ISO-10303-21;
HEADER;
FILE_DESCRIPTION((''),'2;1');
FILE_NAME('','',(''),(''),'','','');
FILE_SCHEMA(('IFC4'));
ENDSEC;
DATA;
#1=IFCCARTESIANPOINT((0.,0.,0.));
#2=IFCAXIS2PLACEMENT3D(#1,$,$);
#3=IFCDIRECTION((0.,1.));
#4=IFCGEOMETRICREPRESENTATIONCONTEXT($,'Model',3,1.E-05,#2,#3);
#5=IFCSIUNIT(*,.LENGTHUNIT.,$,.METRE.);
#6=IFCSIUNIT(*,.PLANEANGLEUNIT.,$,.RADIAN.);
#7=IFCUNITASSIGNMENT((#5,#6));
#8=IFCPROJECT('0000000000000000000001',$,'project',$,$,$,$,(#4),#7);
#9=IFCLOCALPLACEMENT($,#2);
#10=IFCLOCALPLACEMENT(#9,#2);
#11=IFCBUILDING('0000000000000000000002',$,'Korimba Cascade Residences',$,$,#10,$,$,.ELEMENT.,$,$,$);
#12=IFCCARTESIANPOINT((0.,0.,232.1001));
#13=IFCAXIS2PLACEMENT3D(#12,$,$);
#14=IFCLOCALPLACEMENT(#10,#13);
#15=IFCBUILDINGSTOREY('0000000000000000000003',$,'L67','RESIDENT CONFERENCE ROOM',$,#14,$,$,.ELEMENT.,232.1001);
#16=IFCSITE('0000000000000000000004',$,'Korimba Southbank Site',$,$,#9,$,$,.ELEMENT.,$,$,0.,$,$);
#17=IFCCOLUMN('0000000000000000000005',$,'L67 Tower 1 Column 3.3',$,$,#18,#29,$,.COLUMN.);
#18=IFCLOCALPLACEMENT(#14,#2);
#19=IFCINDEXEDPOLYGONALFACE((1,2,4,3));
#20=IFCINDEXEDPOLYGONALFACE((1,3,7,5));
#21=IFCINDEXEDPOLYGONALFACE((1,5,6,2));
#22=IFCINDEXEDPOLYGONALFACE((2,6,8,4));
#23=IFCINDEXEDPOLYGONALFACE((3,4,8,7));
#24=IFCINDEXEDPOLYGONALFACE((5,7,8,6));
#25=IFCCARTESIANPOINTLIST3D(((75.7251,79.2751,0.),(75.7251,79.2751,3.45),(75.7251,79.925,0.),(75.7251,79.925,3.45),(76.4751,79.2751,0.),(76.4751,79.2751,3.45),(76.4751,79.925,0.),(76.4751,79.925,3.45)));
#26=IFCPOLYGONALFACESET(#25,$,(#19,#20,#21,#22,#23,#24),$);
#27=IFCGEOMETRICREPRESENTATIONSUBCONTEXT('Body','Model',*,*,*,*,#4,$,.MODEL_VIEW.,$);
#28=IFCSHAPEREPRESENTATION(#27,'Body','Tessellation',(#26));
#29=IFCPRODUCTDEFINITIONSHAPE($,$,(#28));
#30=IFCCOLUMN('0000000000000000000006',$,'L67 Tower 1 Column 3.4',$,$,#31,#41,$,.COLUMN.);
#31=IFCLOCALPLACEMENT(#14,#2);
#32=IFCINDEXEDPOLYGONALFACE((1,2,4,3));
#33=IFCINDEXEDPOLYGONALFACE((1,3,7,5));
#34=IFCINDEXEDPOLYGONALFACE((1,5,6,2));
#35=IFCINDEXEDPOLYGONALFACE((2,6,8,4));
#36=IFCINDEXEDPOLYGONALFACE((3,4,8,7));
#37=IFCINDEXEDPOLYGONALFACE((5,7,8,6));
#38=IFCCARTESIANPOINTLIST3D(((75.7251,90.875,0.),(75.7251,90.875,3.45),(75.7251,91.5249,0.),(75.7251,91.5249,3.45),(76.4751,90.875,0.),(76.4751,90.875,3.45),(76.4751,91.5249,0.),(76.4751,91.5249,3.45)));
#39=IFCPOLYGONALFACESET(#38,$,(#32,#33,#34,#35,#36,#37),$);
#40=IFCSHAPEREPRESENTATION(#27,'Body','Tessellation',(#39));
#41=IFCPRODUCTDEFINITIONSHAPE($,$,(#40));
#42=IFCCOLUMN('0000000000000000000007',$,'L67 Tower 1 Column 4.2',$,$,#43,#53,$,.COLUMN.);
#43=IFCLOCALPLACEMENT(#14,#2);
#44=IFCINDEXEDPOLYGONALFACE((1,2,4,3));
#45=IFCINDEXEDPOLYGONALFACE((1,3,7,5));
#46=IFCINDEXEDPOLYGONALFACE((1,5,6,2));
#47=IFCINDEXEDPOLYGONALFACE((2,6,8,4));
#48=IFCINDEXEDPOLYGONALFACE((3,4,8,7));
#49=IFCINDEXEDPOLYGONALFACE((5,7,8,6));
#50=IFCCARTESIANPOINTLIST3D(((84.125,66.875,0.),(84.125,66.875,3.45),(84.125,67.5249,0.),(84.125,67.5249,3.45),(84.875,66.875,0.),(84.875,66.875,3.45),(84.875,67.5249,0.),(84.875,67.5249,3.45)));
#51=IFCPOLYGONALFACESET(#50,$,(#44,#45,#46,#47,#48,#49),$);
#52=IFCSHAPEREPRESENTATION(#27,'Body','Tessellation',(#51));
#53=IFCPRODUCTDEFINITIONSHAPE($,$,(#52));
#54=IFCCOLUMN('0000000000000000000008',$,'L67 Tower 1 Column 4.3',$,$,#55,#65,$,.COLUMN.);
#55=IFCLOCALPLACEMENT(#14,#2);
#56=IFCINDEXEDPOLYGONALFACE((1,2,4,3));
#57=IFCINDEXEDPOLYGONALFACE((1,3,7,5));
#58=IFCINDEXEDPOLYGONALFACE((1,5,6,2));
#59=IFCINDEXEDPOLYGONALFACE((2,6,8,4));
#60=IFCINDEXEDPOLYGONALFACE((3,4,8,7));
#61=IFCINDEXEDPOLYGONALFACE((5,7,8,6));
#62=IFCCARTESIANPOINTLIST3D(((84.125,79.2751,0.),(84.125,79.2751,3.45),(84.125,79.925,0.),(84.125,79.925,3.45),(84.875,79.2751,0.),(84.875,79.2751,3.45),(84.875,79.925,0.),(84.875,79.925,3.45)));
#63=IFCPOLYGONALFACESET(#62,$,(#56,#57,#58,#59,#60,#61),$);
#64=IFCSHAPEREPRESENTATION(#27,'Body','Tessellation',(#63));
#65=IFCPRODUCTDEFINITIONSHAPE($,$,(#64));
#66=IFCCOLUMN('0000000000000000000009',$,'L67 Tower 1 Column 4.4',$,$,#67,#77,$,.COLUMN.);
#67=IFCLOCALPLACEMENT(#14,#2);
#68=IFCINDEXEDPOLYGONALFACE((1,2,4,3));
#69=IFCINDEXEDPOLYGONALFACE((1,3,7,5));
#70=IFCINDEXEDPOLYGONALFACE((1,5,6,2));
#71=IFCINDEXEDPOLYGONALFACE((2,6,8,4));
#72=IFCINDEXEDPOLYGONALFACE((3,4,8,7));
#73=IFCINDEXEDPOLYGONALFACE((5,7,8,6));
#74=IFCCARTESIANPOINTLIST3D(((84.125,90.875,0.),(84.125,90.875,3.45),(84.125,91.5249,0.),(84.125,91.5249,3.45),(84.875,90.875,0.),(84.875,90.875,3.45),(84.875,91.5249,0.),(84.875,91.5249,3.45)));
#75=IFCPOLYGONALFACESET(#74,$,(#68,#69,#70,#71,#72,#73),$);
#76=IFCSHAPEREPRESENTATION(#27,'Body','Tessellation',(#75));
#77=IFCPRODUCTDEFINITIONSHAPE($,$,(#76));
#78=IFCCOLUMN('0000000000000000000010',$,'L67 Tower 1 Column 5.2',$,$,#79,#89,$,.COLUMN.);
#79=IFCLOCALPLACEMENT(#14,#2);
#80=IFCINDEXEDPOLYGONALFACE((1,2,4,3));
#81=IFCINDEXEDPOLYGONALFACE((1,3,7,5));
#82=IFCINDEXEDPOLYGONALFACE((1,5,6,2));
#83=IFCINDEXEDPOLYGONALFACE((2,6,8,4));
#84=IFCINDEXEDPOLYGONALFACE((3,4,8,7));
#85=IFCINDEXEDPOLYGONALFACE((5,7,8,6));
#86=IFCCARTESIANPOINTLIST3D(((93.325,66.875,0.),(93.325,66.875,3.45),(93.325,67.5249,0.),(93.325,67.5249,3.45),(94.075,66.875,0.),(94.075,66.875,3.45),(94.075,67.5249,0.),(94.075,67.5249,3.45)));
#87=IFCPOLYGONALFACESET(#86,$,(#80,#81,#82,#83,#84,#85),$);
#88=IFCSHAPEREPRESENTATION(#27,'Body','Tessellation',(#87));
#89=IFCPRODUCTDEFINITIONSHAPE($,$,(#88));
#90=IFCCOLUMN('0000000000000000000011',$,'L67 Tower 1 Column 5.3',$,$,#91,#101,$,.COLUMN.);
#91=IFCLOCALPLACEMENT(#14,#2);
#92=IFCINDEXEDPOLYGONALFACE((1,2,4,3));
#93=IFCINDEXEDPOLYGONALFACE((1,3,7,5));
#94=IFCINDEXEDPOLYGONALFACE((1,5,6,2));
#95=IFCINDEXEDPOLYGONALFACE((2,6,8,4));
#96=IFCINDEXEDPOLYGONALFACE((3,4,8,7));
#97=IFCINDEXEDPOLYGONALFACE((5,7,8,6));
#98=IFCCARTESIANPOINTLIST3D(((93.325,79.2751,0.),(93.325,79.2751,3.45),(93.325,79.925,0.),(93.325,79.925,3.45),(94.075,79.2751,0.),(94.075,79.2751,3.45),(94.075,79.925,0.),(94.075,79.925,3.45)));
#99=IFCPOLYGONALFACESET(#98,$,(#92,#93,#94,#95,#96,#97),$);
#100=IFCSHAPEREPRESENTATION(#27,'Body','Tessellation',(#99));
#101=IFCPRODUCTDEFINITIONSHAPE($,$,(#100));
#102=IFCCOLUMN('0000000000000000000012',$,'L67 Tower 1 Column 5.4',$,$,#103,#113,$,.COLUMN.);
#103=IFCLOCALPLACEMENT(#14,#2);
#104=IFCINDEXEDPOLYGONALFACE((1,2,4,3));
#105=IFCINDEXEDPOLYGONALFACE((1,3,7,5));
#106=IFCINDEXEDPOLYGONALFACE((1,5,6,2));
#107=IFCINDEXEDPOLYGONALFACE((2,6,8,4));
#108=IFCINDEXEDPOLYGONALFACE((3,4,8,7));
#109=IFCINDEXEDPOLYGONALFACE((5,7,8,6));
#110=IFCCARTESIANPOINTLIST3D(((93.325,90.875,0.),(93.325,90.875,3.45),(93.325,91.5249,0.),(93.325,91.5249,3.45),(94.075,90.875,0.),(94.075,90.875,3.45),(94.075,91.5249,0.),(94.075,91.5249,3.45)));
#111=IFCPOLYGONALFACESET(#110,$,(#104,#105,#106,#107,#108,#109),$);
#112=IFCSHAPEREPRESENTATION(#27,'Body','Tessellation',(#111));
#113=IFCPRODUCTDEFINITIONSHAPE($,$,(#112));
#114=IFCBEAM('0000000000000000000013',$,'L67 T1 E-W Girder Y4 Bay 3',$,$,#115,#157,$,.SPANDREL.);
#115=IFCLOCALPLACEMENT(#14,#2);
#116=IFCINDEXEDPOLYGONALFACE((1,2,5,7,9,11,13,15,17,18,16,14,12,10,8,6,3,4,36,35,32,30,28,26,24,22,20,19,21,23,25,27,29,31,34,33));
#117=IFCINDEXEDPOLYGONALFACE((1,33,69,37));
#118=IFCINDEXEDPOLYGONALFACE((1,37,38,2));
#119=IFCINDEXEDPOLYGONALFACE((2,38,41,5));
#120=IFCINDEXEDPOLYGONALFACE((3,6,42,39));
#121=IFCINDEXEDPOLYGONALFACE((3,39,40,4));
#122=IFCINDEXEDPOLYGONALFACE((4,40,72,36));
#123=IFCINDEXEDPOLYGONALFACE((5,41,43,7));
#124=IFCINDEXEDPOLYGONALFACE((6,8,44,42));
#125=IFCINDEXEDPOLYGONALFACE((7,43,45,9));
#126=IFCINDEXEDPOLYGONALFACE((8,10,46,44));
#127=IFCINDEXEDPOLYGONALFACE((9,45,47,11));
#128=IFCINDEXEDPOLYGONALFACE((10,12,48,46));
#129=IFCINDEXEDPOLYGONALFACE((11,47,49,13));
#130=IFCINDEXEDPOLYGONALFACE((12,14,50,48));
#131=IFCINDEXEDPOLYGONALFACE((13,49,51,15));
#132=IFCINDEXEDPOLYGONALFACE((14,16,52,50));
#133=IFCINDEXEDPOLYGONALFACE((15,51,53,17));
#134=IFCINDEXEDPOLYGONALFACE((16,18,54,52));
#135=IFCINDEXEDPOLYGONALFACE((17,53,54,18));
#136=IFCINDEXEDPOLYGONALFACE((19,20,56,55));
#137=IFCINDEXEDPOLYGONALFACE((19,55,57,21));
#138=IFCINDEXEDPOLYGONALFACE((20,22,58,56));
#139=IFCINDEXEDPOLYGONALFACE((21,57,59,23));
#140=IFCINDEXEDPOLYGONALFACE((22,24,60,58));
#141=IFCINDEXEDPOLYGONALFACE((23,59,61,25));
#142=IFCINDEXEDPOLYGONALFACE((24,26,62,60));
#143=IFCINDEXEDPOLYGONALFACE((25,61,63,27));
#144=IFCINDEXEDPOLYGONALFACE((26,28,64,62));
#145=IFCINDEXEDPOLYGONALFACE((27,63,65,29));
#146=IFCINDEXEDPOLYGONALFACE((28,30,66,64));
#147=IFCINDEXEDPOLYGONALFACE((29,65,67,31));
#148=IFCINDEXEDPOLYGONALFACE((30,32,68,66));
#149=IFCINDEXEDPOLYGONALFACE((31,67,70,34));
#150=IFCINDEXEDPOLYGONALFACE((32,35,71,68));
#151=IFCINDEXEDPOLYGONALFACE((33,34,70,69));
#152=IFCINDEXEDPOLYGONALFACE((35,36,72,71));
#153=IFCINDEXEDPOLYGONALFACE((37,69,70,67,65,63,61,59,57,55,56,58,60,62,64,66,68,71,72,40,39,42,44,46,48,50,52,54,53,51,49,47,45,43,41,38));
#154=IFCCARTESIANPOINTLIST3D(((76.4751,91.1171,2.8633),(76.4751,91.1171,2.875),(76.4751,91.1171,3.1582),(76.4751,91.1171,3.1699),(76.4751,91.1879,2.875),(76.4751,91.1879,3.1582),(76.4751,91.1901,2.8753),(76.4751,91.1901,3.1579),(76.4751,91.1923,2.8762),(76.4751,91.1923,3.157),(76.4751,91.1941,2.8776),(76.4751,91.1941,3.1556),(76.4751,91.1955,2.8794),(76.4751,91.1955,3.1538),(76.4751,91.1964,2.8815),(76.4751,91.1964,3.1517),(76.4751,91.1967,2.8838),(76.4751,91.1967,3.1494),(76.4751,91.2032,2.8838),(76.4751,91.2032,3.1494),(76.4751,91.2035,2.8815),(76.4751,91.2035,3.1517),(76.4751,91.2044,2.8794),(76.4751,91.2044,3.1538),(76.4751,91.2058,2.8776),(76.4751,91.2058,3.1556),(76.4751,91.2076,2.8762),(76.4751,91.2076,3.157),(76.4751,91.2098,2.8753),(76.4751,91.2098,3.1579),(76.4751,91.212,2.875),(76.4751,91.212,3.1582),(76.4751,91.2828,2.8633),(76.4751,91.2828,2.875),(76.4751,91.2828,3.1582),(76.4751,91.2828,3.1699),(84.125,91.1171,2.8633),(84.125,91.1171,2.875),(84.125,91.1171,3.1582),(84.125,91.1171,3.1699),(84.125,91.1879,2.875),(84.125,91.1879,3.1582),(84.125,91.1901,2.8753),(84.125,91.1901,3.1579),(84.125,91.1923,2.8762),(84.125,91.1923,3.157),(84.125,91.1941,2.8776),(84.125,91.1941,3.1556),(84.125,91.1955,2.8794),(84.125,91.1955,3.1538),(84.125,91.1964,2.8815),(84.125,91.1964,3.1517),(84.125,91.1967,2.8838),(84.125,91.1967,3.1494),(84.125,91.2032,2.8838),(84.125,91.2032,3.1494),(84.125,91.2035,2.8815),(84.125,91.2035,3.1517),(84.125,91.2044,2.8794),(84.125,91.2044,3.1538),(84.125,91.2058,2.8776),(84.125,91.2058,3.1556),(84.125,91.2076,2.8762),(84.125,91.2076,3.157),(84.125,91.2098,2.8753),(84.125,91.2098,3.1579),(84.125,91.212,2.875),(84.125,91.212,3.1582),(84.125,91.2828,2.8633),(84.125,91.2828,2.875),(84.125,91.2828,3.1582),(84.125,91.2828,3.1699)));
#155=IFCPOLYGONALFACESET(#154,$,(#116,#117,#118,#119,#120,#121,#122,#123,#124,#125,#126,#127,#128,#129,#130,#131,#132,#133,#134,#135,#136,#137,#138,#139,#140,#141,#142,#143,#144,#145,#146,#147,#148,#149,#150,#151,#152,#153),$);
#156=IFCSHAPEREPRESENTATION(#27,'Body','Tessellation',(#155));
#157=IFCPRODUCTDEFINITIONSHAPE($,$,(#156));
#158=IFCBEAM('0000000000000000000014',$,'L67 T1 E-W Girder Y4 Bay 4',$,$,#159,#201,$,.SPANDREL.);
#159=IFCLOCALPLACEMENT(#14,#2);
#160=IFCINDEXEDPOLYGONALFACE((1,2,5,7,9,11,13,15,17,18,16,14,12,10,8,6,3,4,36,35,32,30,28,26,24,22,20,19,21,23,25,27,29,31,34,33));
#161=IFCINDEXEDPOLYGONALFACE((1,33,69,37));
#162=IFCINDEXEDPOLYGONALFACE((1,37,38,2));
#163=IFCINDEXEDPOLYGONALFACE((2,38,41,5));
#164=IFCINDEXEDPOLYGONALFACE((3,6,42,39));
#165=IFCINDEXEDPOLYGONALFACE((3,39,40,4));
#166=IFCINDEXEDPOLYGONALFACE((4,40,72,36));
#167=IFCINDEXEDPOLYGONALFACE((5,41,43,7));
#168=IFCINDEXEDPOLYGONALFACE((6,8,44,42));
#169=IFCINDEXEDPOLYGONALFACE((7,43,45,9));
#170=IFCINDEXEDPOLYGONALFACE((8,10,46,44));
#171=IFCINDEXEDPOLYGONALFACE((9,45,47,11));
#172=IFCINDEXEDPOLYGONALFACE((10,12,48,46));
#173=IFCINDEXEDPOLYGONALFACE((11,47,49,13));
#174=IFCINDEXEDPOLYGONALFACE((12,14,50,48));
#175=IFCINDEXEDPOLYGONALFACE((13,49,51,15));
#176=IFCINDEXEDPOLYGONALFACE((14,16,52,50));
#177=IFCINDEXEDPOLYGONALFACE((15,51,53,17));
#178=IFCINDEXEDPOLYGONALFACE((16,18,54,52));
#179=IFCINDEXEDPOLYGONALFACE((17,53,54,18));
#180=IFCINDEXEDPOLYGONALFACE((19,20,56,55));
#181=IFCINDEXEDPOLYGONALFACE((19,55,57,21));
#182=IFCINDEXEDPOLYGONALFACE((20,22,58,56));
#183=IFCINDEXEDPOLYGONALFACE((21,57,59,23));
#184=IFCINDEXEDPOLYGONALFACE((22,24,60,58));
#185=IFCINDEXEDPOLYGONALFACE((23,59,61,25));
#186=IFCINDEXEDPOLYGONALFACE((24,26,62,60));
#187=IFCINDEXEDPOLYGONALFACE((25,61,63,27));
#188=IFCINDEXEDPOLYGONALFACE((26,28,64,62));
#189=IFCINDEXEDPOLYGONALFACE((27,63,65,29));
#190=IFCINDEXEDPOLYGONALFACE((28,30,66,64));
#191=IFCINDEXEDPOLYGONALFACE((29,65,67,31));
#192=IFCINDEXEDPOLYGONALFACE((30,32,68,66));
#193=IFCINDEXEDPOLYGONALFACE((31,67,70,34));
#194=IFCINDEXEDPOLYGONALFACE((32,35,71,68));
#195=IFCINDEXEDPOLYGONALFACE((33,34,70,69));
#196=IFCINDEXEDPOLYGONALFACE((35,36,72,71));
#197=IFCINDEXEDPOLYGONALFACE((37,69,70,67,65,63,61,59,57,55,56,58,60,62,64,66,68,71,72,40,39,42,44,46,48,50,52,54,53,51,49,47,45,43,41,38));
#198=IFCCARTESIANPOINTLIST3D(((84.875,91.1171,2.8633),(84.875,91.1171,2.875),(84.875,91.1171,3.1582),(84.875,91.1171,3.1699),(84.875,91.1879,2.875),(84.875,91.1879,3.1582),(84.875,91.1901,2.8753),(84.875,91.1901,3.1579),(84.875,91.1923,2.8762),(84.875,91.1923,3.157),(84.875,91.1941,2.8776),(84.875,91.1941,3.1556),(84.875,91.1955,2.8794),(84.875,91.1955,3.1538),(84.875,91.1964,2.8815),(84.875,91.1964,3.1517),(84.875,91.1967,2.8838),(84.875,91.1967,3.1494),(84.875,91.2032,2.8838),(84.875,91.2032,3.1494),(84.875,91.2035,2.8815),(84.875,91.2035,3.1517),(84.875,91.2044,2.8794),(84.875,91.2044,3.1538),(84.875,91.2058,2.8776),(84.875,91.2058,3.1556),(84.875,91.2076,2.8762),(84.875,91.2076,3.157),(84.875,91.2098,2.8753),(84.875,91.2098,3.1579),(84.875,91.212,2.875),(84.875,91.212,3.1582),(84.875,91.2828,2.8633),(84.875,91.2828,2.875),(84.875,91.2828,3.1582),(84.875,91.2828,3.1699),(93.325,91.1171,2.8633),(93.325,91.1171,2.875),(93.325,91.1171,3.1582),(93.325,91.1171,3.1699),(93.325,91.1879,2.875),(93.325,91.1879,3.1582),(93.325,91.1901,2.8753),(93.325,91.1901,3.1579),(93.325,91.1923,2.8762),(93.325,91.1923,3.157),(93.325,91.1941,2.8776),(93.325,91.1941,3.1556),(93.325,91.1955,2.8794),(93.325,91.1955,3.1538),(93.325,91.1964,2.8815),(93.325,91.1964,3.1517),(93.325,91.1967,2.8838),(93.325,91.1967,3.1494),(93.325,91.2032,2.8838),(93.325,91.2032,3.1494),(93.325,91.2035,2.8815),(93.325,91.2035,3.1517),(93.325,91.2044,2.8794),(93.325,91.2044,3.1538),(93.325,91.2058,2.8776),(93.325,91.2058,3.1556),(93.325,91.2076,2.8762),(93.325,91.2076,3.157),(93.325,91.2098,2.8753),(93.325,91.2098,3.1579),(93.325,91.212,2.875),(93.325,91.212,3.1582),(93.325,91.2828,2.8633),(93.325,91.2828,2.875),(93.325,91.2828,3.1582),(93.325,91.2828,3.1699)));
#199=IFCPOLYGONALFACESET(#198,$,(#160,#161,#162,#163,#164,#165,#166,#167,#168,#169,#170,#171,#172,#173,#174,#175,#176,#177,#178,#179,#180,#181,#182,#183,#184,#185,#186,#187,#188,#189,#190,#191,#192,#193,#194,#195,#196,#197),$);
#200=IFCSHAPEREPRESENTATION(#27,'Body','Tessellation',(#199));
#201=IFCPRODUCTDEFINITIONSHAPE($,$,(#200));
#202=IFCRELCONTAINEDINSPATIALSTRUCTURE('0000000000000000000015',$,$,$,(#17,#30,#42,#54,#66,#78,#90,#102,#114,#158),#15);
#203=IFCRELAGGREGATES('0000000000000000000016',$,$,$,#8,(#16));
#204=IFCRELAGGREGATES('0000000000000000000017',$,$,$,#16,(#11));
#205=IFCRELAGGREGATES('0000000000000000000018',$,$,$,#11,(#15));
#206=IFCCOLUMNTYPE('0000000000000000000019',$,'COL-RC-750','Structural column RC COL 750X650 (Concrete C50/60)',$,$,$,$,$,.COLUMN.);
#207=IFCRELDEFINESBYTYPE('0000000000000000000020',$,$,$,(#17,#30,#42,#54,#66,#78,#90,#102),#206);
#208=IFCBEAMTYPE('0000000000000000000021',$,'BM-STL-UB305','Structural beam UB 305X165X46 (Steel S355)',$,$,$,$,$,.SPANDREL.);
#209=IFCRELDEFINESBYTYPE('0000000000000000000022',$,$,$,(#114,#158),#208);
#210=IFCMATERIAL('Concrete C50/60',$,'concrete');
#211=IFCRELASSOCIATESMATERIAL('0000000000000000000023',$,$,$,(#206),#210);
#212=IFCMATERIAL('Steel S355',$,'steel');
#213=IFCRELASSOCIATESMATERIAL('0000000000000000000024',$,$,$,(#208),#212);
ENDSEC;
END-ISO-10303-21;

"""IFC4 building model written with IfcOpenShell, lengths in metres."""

from ifc_helpers import new_model, si_unit, direction, frame, origin, origin_2d, place, context, subcontext, project, spatial, rectangle, i_section, extrude, material, material_profile, profile_set, type_object, element, save


model = new_model("IFC4")

# Units and contexts
model_context = context("Model", 3, precision=1e-05, world=origin(), true_north=direction((0.0, 1.0)))
body_context = subcontext(model_context, "Body", "Model", "MODEL_VIEW")
ifc_project = project(units=[si_unit("LENGTHUNIT", "METRE"), si_unit("PLANEANGLEUNIT", "RADIAN")], contexts=[model_context])

# Site, building, storey
site_placement = place(None, origin())
site = spatial("IfcSite", under=ifc_project, at=site_placement, Name="Korimba Southbank Site", CompositionType="ELEMENT", RefElevation=0.0)
building_placement = place(site_placement, origin())
building = spatial("IfcBuilding", under=site, at=building_placement, Name="Korimba Cascade Residences", CompositionType="ELEMENT")
storey_placement = place(building_placement, frame((0.0, 0.0, 232.1001)))
storey = spatial("IfcBuildingStorey", under=building, at=storey_placement, Name="L67", Description="RESIDENT CONFERENCE ROOM", CompositionType="ELEMENT", Elevation=232.1001)

# Columns
ifc_material_1 = material(Name="Concrete C50/60", Category="concrete")
ifc_material_profile_1 = material_profile(ifc_material_1, rectangle(XDim=0.75, YDim=0.6499, at=origin_2d()), Name="Concrete C50/60")
ifc_profile_set_1 = profile_set([ifc_material_profile_1], Name="Concrete C50/60")
column_type = type_object("IfcColumnType", Name="COL-RC-750", Description="Structural column RC COL 750X650 (Concrete C50/60)", PredefinedType="COLUMN", material=ifc_profile_set_1)
for number, where, z_axis, x_axis, name in (
    (1, (76.1001, 79.6001, 0.0), (0.0, 0.0, 1.0), (1.0, 0.0, 0.0), "L67 Tower 1 Column 3.3"),
    (2, (76.1001, 91.2, 0.0), (0.0, 0.0, 1.0), (1.0, 0.0, 0.0), "L67 Tower 1 Column 3.4"),
    (3, (84.5, 67.2, 0.0), (0.0, 0.0, 1.0), (1.0, 0.0, 0.0), "L67 Tower 1 Column 4.2"),
    (4, (84.5, 79.6001, 0.0), (0.0, 0.0, 1.0), (1.0, 0.0, 0.0), "L67 Tower 1 Column 4.3"),
    (5, (84.5, 91.2, 0.0), (0.0, 0.0, 1.0), (1.0, 0.0, 0.0), "L67 Tower 1 Column 4.4"),
    (6, (93.7, 67.2, 0.0), (0.0, 0.0, 1.0), (1.0, 0.0, 0.0), "L67 Tower 1 Column 5.2"),
    (7, (93.7, 79.6001, 0.0), (0.0, 0.0, 1.0), (1.0, 0.0, 0.0), "L67 Tower 1 Column 5.3"),
    (8, (93.7, 91.2, 0.0), (0.0, 0.0, 1.0), (1.0, 0.0, 0.0), "L67 Tower 1 Column 5.4"),
):
    element("IfcColumn", number, at=place(storey_placement, frame(where, z_axis=z_axis, x_axis=x_axis)), inside=storey, type_object=column_type, Name=name, PredefinedType="COLUMN", context=body_context, shape_type="SweptSolid", body=[
        extrude(rectangle(XDim=0.75, YDim=0.6499, at=origin_2d()), origin(), (0.0, 0.0, 1.0), 3.45),
    ])

# Beams
ifc_material_2 = material(Name="Steel S355", Category="steel")
ifc_material_profile_2 = material_profile(ifc_material_2, i_section(OverallWidth=0.1658, OverallDepth=0.3066, WebThickness=0.0066, FlangeThickness=0.0117, FilletRadius=0.0088, at=origin_2d()), Name="Steel S355")
ifc_profile_set_2 = profile_set([ifc_material_profile_2], Name="Steel S355")
beam_type_1 = type_object("IfcBeamType", Name="BM-STL-UB305", Description="Structural beam UB 305X165X46 (Steel S355)", PredefinedType="SPANDREL", material=ifc_profile_set_2)
beam_1_placement = place(storey_placement, frame((76.4751, 91.2, 3.0166), z_axis=(1.0, 0.0, 0.0), x_axis=(0.0, 1.0, 0.0)))
element("IfcBeam", 9, at=beam_1_placement, inside=storey, type_object=beam_type_1, Name="L67 T1 E-W Girder Y4 Bay 3", PredefinedType="SPANDREL", context=body_context, shape_type="SweptSolid", body=[
    extrude(i_section(OverallWidth=0.1658, OverallDepth=0.3066, WebThickness=0.0066, FlangeThickness=0.0117, FilletRadius=0.0088, at=origin_2d()), origin(), (0.0, 0.0, 1.0), 7.6499),
])
beam_2_placement = place(storey_placement, frame((84.875, 91.2, 3.0166), z_axis=(1.0, 0.0, 0.0), x_axis=(0.0, 1.0, 0.0)))
element("IfcBeam", 10, at=beam_2_placement, inside=storey, type_object=beam_type_1, Name="L67 T1 E-W Girder Y4 Bay 4", PredefinedType="SPANDREL", context=body_context, shape_type="SweptSolid", body=[
    extrude(i_section(OverallWidth=0.1658, OverallDepth=0.3066, WebThickness=0.0066, FlangeThickness=0.0117, FilletRadius=0.0088, at=origin_2d()), origin(), (0.0, 0.0, 1.0), 8.45),
])

save(model, "model.ifc")
